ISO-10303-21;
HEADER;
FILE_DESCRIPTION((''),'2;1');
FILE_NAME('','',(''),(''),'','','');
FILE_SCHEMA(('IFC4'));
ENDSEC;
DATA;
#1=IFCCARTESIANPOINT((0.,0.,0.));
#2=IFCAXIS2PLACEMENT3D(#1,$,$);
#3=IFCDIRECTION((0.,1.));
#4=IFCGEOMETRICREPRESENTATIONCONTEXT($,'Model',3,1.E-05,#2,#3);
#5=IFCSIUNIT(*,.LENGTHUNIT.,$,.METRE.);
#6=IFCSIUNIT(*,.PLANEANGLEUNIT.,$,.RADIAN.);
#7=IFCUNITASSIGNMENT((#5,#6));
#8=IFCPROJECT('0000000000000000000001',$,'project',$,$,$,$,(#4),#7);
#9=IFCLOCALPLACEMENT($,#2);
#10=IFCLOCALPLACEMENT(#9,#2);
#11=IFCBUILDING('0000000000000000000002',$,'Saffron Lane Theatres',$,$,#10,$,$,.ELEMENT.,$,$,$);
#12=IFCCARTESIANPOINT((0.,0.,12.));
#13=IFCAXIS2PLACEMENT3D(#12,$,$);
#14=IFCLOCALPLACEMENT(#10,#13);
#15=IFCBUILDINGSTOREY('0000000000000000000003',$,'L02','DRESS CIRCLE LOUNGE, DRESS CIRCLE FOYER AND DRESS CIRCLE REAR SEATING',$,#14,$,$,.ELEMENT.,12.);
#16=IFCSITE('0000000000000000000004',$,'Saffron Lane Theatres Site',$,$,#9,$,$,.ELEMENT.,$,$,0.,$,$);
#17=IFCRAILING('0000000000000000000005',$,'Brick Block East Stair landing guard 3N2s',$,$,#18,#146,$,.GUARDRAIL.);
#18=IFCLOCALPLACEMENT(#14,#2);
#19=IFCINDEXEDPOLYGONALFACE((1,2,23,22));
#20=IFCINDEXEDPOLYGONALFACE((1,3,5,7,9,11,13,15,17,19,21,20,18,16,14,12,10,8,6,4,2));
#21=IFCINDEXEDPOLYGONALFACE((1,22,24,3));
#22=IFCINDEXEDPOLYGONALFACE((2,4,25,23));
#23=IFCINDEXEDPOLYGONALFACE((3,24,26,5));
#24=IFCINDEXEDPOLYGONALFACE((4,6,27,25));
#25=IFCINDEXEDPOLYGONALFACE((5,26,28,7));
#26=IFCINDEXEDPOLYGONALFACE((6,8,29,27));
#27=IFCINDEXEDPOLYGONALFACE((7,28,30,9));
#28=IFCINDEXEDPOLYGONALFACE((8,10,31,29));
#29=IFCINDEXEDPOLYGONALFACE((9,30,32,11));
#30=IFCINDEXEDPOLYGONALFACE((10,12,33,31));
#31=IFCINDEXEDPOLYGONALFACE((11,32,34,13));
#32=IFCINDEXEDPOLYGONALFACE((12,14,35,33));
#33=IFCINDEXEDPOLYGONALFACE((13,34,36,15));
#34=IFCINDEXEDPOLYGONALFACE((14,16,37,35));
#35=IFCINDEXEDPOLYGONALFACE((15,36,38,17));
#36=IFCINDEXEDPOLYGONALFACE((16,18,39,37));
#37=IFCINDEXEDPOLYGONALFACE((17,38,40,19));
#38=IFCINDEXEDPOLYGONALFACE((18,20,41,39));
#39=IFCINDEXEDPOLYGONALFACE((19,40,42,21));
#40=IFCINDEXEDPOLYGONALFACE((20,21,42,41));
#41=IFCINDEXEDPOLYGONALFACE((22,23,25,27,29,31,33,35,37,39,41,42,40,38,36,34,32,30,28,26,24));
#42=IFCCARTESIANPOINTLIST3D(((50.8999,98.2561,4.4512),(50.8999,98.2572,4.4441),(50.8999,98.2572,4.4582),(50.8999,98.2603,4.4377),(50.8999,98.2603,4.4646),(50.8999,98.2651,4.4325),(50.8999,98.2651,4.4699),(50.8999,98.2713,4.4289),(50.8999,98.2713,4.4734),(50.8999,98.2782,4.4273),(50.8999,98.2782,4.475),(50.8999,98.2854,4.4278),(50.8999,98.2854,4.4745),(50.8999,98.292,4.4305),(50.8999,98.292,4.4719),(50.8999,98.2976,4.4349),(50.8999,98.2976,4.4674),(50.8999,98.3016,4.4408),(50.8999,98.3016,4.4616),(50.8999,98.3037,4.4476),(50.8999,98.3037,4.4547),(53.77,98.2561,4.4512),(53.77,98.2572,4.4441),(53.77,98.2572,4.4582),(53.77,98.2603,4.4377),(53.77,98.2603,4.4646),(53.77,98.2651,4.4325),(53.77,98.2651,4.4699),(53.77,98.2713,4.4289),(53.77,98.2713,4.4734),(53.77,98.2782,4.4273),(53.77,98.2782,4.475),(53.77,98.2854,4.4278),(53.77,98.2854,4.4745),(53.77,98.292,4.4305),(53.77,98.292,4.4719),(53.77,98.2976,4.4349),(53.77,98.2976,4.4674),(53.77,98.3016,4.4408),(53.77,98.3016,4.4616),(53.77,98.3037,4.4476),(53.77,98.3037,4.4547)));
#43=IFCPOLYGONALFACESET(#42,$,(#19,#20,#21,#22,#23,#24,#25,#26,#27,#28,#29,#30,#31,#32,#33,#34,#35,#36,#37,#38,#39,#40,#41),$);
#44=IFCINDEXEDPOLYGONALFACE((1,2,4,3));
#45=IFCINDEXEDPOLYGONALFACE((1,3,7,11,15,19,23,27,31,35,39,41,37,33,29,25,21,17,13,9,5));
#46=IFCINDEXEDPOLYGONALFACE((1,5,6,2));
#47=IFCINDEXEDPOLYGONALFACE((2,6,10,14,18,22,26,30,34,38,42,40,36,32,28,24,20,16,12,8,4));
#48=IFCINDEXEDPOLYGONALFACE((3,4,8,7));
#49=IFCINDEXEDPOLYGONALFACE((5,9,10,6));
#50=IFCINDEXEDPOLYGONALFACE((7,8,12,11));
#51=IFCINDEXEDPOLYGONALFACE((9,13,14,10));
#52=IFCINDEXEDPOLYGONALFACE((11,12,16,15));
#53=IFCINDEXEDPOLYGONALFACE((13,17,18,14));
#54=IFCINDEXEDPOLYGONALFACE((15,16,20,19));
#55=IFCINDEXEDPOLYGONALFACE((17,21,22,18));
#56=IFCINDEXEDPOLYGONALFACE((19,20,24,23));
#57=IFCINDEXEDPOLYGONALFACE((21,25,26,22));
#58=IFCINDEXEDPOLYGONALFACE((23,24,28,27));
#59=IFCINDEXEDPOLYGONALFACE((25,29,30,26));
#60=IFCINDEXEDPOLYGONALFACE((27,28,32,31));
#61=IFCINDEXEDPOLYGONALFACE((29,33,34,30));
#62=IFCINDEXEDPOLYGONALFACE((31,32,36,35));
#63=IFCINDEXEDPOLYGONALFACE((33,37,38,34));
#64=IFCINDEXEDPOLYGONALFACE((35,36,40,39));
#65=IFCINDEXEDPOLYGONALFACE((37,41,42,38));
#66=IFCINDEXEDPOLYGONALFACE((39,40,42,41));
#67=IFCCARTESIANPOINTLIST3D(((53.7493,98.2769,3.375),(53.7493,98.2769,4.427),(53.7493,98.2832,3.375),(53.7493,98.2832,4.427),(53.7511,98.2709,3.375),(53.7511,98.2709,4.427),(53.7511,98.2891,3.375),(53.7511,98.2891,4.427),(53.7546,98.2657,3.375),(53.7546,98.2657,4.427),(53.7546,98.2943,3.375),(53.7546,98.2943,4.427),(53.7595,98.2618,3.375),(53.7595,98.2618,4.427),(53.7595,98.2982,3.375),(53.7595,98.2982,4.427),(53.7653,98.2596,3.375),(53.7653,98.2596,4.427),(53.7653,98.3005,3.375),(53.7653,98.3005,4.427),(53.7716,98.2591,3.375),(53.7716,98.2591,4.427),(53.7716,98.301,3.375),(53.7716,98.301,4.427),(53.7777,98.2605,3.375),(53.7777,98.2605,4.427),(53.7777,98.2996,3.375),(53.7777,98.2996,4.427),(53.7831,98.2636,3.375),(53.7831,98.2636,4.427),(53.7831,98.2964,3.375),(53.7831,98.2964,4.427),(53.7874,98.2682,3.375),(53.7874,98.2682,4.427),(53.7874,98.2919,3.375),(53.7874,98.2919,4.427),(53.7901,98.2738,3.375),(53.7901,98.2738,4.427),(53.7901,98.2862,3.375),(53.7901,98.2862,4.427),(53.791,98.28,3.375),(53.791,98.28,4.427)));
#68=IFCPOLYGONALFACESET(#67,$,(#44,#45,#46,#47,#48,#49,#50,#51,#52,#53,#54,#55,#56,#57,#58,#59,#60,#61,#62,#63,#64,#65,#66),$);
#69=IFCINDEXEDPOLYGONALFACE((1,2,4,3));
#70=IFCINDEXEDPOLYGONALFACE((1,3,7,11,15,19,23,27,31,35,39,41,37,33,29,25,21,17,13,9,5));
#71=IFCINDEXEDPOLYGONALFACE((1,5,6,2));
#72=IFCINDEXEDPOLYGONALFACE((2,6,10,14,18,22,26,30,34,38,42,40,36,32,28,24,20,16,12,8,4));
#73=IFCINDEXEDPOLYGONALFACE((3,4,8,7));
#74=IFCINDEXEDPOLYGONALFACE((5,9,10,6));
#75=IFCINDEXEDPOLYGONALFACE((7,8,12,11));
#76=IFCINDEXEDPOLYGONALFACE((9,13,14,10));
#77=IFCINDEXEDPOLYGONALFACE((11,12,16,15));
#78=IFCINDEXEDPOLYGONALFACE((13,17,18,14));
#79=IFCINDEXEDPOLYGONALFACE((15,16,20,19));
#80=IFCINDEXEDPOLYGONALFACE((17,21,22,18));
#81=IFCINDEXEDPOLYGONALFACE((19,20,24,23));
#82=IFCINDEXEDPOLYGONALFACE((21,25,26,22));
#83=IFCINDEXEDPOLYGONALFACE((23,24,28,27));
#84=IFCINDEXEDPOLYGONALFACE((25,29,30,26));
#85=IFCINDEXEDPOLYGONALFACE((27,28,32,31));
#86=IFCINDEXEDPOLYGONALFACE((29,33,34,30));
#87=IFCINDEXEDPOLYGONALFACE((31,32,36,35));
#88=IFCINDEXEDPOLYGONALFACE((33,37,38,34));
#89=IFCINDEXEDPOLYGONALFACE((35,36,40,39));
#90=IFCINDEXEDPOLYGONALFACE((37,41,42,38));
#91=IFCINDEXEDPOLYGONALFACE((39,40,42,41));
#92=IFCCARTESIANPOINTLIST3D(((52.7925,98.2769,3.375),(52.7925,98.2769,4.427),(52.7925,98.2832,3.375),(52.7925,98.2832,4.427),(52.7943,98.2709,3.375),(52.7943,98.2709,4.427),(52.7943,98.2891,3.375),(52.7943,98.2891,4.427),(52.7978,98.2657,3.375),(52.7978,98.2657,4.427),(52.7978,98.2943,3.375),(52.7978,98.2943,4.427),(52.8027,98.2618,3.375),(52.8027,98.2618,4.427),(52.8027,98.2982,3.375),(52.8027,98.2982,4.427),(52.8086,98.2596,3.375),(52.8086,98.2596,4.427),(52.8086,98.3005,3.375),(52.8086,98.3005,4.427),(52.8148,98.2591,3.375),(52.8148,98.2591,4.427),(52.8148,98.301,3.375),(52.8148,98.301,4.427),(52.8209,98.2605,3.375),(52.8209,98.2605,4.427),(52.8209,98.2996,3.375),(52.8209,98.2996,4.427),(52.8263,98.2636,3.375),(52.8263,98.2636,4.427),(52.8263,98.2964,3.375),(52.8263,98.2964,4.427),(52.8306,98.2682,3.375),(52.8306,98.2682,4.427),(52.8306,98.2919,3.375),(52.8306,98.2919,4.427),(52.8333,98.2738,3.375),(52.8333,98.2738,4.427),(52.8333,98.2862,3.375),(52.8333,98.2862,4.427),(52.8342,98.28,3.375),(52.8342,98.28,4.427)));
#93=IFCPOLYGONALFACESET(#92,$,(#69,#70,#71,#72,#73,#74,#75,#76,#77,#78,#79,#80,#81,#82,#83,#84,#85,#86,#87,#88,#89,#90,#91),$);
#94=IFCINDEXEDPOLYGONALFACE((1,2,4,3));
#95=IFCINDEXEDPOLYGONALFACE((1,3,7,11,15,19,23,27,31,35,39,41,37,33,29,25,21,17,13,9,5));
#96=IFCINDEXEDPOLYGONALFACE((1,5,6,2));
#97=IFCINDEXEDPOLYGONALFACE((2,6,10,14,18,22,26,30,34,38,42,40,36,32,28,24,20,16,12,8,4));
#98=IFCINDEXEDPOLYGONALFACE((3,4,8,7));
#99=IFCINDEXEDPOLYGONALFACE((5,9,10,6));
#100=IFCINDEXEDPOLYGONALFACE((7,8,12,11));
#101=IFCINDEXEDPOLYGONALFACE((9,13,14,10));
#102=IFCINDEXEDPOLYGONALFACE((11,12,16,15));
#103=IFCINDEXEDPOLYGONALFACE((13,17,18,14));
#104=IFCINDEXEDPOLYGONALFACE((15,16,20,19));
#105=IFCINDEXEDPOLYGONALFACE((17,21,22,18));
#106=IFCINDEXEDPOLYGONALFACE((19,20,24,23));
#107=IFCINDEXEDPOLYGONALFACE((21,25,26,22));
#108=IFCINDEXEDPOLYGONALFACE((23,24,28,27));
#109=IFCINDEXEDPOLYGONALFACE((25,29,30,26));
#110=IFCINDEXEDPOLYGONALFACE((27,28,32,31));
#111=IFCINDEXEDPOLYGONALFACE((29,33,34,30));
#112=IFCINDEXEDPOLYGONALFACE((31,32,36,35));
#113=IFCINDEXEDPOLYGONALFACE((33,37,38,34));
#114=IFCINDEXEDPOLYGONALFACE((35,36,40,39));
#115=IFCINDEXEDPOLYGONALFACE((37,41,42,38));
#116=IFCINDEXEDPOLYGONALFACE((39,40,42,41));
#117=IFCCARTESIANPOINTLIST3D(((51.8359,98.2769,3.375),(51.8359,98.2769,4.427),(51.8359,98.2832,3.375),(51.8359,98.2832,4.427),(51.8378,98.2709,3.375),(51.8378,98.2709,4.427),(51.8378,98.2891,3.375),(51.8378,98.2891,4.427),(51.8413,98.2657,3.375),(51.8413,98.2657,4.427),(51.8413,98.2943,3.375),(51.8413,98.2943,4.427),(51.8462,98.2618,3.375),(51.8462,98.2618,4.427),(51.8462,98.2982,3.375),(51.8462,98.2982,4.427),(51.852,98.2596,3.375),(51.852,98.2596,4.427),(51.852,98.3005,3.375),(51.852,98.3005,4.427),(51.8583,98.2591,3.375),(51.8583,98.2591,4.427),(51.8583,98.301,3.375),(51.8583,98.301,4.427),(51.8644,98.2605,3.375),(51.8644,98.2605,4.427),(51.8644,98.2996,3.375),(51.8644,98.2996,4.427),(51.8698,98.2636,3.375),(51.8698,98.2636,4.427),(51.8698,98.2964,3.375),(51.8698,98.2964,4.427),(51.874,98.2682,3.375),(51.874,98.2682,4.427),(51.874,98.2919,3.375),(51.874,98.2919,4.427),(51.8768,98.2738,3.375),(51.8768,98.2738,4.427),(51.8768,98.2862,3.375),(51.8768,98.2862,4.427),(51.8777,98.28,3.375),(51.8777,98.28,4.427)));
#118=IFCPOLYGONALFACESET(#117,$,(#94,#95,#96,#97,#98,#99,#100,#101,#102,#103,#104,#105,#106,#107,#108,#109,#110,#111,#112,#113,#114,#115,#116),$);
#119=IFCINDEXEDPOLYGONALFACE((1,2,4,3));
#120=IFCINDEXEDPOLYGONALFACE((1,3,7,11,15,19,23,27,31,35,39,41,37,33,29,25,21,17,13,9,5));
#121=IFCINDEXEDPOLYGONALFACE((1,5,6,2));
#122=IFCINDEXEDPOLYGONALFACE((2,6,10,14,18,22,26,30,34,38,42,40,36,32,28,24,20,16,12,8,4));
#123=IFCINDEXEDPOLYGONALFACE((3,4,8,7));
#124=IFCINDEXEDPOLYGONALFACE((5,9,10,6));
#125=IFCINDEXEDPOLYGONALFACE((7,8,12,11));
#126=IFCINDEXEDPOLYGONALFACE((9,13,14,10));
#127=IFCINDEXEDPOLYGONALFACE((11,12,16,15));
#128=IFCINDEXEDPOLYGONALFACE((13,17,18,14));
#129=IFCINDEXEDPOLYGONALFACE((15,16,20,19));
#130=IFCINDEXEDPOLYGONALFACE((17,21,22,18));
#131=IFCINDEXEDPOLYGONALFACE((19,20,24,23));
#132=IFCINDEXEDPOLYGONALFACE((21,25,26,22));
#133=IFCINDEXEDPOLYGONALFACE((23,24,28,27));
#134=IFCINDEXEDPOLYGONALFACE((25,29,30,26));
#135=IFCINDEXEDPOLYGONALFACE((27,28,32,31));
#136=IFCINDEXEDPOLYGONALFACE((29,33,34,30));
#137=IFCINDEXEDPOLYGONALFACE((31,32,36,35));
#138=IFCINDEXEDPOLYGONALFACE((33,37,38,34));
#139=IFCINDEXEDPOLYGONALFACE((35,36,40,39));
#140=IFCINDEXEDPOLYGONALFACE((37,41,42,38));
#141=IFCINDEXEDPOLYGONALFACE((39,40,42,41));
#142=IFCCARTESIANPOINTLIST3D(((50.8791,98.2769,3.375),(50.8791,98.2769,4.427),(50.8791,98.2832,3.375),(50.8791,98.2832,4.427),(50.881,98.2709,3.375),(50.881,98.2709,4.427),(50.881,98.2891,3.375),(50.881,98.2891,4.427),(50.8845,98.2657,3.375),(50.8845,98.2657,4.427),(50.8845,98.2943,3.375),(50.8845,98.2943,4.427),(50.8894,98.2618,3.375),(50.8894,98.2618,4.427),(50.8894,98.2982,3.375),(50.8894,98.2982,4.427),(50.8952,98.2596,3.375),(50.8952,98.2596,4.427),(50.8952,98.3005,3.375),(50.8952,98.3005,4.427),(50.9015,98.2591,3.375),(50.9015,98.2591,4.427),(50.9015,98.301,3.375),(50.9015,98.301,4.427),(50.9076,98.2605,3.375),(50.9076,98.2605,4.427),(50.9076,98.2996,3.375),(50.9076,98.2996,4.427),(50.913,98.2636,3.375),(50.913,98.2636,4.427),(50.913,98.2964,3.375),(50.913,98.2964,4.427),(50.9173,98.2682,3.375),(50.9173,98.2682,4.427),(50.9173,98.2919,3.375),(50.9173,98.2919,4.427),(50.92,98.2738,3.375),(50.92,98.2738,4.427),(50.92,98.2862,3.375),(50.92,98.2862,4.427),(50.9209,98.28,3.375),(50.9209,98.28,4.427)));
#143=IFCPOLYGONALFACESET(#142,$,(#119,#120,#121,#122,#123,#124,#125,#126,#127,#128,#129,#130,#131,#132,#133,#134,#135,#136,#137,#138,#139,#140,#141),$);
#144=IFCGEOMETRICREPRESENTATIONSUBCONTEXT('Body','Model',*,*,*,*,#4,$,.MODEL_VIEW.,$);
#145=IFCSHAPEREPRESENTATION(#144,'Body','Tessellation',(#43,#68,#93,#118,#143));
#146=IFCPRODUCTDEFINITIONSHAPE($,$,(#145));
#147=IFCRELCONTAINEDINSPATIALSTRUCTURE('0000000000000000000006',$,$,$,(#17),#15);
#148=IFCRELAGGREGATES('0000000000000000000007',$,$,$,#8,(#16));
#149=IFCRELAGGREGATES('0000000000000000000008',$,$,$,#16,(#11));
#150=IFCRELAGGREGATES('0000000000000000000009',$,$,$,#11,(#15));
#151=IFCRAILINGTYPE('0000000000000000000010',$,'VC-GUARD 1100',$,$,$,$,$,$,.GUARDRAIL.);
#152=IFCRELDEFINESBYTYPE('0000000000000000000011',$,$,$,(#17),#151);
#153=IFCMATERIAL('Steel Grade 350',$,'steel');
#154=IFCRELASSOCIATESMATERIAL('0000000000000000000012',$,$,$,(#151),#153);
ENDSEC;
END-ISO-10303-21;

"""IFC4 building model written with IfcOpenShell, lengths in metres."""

from ifc_helpers import new_model, si_unit, direction, frame, origin, origin_2d, place, context, subcontext, project, spatial, circle, extrude, material, type_object, element, save


model = new_model("IFC4")

# Units and contexts
model_context = context("Model", 3, precision=1e-05, world=origin(), true_north=direction((0.0, 1.0)))
body_context = subcontext(model_context, "Body", "Model", "MODEL_VIEW")
ifc_project = project(units=[si_unit("LENGTHUNIT", "METRE"), si_unit("PLANEANGLEUNIT", "RADIAN")], contexts=[model_context])

# Site, building, storey
site_placement = place(None, origin())
site = spatial("IfcSite", under=ifc_project, at=site_placement, Name="Saffron Lane Theatres Site", CompositionType="ELEMENT", RefElevation=0.0)
building_placement = place(site_placement, origin())
building = spatial("IfcBuilding", under=site, at=building_placement, Name="Saffron Lane Theatres", CompositionType="ELEMENT")
storey_placement = place(building_placement, frame((0.0, 0.0, 12.0)))
storey = spatial("IfcBuildingStorey", under=building, at=storey_placement, Name="L02", Description="DRESS CIRCLE LOUNGE, DRESS CIRCLE FOYER AND DRESS CIRCLE REAR SEATING", CompositionType="ELEMENT", Elevation=12.0)

# Railing
ifc_material_1 = material(Name="Steel Grade 350", Category="steel")
railing_type_1 = type_object("IfcRailingType", Name="VC-GUARD 1100", PredefinedType="GUARDRAIL", material=ifc_material_1)
railing_1_placement = place(storey_placement, frame((53.77, 98.28, 3.375)))
element("IfcRailing", 1, at=railing_1_placement, inside=storey, type_object=railing_type_1, Name="Brick Block East Stair landing guard 3N2s", PredefinedType="GUARDRAIL", context=body_context, shape_type="SweptSolid", body=[
    extrude(circle(Radius=0.0239, at=origin_2d()), frame((0.0, 0.0, 1.0762), z_axis=(-1.0, 0.0, 0.0), x_axis=(0.0, -1.0, 0.0)), (0.0, 0.0, 1.0), 2.8701),
    extrude(circle(Radius=0.021, at=origin_2d()), origin(), (0.0, 0.0, 1.0), 1.052),
    extrude(circle(Radius=0.021, at=origin_2d()), frame((-0.9568, 0.0, 0.0)), (0.0, 0.0, 1.0), 1.052),
    extrude(circle(Radius=0.021, at=origin_2d()), frame((-1.9133, 0.0, 0.0)), (0.0, 0.0, 1.0), 1.052),
    extrude(circle(Radius=0.021, at=origin_2d()), frame((-2.8701, 0.0, 0.0)), (0.0, 0.0, 1.0), 1.052),
])

save(model, "model.ifc")
